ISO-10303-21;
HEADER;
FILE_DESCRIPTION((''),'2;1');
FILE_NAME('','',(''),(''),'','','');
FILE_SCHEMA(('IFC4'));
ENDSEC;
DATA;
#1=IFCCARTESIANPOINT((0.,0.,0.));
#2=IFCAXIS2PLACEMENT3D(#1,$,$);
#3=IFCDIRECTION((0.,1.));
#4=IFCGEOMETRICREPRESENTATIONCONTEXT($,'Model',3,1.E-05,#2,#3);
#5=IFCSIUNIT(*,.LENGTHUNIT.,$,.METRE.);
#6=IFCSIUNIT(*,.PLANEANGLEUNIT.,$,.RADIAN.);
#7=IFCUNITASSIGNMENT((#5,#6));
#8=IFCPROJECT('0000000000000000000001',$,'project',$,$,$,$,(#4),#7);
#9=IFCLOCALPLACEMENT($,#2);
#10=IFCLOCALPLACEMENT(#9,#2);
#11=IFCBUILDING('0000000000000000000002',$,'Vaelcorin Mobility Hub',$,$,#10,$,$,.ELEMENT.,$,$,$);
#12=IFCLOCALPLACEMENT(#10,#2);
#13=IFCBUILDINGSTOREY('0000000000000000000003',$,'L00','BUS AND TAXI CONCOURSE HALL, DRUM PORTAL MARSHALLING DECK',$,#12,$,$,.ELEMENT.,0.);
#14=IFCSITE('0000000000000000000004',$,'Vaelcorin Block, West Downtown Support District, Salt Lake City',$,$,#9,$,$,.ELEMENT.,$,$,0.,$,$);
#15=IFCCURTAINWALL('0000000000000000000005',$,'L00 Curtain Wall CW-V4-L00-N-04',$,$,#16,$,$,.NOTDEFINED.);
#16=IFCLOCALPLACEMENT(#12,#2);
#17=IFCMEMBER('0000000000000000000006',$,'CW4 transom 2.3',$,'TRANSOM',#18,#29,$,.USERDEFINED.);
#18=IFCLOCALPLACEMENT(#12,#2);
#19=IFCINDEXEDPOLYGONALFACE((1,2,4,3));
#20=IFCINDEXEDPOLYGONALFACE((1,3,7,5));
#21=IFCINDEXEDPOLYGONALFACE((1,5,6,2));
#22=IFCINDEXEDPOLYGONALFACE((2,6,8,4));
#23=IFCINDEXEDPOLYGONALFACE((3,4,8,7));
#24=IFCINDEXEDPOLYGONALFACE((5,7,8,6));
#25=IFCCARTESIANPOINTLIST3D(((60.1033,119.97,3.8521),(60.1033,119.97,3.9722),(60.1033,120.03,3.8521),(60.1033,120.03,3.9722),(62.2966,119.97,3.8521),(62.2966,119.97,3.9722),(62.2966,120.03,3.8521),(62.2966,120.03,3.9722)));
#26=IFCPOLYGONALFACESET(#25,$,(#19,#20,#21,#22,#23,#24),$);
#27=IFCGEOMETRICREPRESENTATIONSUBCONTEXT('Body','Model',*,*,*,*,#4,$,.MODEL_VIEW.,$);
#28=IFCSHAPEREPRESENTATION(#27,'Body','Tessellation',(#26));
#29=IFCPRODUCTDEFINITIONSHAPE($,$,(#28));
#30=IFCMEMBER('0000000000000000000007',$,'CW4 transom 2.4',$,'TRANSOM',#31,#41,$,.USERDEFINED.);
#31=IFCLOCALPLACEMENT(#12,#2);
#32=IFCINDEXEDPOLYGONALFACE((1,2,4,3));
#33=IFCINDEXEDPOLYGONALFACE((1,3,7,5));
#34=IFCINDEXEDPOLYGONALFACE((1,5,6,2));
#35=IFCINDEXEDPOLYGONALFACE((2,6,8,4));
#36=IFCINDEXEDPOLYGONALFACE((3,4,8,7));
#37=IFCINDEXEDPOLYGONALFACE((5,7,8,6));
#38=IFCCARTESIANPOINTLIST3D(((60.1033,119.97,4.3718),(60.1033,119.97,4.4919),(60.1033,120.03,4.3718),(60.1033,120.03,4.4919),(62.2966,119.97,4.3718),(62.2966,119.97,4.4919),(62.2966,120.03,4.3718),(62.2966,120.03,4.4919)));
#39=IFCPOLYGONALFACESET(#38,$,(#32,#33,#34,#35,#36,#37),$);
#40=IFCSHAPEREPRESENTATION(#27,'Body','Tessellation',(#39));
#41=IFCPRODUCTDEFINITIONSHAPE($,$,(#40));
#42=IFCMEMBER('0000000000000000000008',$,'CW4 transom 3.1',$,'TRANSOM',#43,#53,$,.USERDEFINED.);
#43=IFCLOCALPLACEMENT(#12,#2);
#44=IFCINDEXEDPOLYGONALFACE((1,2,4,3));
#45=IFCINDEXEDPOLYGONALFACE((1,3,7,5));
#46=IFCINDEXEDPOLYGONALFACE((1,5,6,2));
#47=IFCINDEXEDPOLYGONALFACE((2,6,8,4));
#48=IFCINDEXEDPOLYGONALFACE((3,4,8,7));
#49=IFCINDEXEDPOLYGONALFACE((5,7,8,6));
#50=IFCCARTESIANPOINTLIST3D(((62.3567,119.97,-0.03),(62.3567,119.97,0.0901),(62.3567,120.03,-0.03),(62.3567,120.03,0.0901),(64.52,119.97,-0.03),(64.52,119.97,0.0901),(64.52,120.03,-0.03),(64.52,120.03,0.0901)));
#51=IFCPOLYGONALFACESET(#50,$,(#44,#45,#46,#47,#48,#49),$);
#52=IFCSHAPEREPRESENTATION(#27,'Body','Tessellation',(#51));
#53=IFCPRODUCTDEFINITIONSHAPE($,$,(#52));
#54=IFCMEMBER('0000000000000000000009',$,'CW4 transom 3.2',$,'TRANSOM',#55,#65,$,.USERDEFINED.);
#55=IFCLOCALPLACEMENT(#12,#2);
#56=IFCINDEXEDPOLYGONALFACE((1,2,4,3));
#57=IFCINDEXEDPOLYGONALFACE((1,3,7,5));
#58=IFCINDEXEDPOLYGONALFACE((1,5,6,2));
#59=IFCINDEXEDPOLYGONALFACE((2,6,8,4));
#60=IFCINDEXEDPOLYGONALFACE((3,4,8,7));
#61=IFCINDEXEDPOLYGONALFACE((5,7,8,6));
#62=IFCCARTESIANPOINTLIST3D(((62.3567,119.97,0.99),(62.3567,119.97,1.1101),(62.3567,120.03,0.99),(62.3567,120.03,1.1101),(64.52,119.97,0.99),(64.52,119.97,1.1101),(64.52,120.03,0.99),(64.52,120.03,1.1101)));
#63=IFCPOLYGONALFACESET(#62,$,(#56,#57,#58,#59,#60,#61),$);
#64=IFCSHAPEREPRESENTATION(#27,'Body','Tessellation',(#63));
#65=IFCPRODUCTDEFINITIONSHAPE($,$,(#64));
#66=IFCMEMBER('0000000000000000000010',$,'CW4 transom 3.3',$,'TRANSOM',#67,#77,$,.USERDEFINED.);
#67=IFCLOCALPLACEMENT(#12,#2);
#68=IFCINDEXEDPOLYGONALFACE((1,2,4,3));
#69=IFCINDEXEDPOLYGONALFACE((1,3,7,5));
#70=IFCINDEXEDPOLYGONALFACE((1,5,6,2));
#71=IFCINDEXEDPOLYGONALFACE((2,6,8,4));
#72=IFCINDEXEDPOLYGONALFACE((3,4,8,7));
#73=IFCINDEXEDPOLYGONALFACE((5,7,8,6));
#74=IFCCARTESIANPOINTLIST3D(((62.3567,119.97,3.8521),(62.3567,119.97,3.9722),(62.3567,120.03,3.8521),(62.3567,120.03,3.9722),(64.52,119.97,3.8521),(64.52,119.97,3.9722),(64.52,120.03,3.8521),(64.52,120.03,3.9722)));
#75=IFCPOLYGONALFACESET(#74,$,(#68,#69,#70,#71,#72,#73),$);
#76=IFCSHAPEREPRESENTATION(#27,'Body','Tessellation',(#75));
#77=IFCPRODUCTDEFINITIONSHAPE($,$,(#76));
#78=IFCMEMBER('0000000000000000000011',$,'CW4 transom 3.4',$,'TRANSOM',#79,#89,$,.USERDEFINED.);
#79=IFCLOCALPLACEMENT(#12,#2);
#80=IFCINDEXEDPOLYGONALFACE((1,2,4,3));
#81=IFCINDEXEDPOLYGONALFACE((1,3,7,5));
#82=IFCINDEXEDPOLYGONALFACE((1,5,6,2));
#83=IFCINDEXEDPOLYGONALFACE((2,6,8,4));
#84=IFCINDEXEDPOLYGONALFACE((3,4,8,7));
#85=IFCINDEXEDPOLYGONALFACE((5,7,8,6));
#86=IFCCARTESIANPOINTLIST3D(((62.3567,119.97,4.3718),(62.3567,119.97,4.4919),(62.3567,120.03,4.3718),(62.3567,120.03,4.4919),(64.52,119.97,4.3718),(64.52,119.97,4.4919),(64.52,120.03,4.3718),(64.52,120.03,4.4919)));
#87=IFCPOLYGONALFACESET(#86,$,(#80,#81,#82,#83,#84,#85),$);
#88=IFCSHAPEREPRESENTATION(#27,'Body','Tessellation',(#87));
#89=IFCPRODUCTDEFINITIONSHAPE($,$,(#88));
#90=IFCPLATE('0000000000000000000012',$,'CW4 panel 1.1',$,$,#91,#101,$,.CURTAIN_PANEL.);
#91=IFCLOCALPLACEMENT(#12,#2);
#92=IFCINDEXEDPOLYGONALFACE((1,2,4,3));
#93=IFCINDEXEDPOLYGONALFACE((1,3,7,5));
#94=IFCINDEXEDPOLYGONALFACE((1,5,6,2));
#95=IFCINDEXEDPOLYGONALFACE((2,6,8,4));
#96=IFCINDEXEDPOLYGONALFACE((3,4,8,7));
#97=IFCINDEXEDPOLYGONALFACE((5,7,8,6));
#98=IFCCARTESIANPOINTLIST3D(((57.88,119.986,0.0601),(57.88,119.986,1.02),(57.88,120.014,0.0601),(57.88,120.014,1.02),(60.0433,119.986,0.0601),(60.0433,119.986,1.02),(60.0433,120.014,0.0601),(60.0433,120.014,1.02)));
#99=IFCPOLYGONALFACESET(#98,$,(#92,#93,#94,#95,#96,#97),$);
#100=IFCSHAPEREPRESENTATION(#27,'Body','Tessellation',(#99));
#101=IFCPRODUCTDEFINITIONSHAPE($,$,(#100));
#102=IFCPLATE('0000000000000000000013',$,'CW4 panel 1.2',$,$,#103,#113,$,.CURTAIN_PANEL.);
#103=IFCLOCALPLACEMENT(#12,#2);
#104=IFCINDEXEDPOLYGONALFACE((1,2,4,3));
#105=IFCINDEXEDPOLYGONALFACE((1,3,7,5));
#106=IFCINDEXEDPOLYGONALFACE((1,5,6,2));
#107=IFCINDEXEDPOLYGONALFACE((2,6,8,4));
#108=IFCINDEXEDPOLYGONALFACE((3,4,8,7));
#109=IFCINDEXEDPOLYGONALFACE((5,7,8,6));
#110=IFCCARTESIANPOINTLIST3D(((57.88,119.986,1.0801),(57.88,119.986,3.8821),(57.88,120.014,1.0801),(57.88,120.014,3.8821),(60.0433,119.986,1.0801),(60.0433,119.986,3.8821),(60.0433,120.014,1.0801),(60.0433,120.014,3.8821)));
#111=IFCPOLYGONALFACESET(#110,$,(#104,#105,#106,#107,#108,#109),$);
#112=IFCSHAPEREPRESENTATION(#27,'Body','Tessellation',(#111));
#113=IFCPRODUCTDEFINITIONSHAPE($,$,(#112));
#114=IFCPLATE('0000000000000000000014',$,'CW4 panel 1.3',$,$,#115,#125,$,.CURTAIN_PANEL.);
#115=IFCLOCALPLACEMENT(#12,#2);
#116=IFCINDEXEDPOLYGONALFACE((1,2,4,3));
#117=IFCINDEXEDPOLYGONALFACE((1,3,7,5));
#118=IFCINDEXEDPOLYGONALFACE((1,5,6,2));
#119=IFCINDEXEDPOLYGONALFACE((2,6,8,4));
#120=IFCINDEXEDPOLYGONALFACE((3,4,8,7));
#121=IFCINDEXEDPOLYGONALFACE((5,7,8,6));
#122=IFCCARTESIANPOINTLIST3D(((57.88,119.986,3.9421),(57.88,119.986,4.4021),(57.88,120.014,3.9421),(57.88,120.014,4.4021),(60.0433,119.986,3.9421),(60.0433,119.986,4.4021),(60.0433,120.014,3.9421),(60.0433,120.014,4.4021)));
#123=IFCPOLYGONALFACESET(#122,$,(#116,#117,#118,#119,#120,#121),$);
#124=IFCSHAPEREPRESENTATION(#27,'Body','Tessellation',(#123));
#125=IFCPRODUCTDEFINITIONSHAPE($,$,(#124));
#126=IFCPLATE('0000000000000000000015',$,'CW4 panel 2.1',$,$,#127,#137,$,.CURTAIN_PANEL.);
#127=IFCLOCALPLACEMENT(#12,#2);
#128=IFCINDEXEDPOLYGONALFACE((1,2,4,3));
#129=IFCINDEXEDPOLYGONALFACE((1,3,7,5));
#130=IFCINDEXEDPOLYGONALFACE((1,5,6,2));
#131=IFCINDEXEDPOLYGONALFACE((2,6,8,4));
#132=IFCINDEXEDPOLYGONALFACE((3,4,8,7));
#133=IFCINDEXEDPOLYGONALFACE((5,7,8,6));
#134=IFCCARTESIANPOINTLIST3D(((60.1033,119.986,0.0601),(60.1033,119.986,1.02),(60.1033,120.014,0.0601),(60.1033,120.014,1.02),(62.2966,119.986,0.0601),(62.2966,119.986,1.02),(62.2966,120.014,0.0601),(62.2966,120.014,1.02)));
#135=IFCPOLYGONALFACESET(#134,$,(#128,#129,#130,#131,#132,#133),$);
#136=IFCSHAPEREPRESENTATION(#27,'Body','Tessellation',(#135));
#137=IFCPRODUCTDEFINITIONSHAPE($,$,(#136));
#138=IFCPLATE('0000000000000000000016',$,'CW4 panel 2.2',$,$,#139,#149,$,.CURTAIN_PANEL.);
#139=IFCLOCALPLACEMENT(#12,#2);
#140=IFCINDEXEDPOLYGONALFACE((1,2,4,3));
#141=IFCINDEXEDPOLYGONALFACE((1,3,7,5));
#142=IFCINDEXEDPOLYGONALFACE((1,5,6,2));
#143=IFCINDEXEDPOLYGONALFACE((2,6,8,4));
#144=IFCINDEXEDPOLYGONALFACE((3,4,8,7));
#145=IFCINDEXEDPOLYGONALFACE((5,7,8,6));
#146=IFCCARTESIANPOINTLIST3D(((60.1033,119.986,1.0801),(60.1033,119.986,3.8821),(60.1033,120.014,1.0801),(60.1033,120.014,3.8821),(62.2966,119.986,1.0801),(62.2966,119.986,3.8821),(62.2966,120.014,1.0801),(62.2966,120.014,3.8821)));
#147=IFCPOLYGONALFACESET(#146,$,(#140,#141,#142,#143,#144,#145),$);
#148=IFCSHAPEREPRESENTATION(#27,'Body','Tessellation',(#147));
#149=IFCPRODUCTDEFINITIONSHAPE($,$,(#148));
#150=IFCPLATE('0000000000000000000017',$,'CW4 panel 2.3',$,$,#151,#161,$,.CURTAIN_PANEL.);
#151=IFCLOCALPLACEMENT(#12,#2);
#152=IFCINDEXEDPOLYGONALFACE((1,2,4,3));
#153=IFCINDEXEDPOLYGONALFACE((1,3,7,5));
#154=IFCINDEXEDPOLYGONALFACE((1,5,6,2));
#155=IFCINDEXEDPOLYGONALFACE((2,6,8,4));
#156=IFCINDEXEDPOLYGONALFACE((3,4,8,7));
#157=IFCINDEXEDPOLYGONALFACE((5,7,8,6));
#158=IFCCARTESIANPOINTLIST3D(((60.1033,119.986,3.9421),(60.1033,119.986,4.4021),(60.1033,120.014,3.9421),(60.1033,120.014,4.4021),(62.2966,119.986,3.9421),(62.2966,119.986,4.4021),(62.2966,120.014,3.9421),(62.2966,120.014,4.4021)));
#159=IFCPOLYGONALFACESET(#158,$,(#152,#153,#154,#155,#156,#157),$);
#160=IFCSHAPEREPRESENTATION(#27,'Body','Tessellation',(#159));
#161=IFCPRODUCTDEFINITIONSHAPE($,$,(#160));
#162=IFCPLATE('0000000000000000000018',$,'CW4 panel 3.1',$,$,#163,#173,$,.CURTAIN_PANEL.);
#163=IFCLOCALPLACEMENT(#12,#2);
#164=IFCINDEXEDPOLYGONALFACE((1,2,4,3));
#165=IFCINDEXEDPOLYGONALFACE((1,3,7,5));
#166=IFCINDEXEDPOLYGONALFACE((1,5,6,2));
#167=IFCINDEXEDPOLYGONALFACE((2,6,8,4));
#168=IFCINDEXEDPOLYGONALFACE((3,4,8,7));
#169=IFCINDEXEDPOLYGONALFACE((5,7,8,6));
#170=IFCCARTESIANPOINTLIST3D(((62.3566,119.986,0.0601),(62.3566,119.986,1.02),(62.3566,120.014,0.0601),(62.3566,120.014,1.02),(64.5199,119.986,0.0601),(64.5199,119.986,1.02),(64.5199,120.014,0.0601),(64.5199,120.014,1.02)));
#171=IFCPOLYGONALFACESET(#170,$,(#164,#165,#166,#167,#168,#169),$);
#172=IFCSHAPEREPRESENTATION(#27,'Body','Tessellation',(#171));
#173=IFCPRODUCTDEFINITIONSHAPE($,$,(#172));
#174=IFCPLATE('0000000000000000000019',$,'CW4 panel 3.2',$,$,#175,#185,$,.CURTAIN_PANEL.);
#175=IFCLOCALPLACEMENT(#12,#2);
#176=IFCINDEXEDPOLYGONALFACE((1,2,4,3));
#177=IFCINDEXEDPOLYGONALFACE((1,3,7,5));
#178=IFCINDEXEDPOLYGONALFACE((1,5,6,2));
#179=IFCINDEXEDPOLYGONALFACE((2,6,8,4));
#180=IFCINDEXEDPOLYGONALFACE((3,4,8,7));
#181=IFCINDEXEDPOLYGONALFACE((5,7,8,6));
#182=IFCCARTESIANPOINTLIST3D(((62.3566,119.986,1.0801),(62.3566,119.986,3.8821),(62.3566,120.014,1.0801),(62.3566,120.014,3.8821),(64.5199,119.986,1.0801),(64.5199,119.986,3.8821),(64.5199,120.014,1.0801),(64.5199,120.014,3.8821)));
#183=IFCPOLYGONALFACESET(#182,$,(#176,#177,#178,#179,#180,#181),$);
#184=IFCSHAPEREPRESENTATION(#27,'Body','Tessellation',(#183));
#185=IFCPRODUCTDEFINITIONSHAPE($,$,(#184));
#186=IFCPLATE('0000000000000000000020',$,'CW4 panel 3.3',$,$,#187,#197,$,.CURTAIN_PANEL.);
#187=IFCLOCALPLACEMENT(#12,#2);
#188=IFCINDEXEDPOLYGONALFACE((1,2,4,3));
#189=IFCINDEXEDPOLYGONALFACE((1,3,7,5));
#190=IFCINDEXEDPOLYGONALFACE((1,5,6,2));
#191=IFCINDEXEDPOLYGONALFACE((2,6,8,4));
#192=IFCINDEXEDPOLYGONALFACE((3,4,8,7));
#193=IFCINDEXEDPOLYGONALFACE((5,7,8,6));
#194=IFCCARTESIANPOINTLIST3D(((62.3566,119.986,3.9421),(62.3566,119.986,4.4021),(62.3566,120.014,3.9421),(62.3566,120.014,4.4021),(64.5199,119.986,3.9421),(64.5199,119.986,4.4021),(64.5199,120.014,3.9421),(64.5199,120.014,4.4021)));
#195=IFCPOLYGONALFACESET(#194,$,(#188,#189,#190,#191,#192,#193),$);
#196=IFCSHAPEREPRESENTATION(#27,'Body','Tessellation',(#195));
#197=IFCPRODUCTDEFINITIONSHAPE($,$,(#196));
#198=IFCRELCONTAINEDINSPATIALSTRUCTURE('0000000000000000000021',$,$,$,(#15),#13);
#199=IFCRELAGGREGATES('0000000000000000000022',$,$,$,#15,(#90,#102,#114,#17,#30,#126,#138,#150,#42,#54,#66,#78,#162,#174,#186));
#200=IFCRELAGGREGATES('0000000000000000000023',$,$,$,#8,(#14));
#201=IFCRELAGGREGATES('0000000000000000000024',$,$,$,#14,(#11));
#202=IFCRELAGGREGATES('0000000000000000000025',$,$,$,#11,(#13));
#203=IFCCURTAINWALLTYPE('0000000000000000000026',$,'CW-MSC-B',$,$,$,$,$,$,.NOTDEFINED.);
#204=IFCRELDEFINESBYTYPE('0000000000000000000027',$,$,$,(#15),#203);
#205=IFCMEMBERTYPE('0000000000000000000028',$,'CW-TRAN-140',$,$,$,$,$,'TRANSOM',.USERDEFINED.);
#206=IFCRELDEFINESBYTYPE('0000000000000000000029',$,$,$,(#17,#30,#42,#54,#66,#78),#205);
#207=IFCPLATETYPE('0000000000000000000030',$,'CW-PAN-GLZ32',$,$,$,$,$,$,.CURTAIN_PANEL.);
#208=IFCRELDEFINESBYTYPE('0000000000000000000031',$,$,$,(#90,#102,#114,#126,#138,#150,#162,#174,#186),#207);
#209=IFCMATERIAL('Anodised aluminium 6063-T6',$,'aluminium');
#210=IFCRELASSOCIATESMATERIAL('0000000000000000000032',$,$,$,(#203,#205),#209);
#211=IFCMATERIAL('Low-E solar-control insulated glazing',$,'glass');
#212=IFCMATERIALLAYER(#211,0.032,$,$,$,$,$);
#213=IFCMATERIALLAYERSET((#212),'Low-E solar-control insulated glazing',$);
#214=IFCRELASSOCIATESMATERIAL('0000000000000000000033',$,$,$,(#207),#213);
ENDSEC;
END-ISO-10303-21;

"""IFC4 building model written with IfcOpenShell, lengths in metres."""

from ifc_helpers import new_model, si_unit, direction, frame, origin, origin_2d, place, context, subcontext, project, spatial, rectangle, extrude, material, layer, layer_set, material_profile, profile_set, type_object, element, aggregate, save


model = new_model("IFC4")

# Units and contexts
model_context = context("Model", 3, precision=1e-05, world=origin(), true_north=direction((0.0, 1.0)))
body_context = subcontext(model_context, "Body", "Model", "MODEL_VIEW")
ifc_project = project(units=[si_unit("LENGTHUNIT", "METRE"), si_unit("PLANEANGLEUNIT", "RADIAN")], contexts=[model_context])

# Site, building, storey
site_placement = place(None, origin())
site = spatial("IfcSite", under=ifc_project, at=site_placement, Name="Vaelcorin Block, West Downtown Support District, Salt Lake City", CompositionType="ELEMENT", RefElevation=0.0)
building_placement = place(site_placement, origin())
building = spatial("IfcBuilding", under=site, at=building_placement, Name="Vaelcorin Mobility Hub", CompositionType="ELEMENT")
storey_placement = place(building_placement, origin())
storey = spatial("IfcBuildingStorey", under=building, at=storey_placement, Name="L00", Description="BUS AND TAXI CONCOURSE HALL, DRUM PORTAL MARSHALLING DECK", CompositionType="ELEMENT", Elevation=0.0)

# Curtain wall, members, plates
ifc_material_1 = material(Name="Anodised aluminium 6063-T6", Category="aluminium")
curtain_wall_type = type_object("IfcCurtainWallType", Name="CW-MSC-B", PredefinedType="NOTDEFINED", material=ifc_material_1)
curtain_wall_placement = place(storey_placement, origin())
curtain_wall = element("IfcCurtainWall", 1, at=curtain_wall_placement, inside=storey, type_object=curtain_wall_type, Name="L00 Curtain Wall CW-V4-L00-N-04", PredefinedType="NOTDEFINED")
ifc_material_profile_1 = material_profile(ifc_material_1, rectangle(XDim=0.0601, YDim=0.1201, at=origin_2d()), Name="ALU-T60X120")
ifc_profile_set_1 = profile_set([ifc_material_profile_1], Name="Anodised aluminium 6063-T6")
member_type_1 = type_object("IfcMemberType", Name="CW-TRAN-140", ElementType="TRANSOM", PredefinedType="USERDEFINED", material=ifc_profile_set_1)
member_1_placement = place(storey_placement, frame((60.1033, 120.0, 3.9121), z_axis=(1.0, 0.0, 0.0), x_axis=(0.0, 1.0, 0.0)))
member_1 = element("IfcMember", 2, at=member_1_placement, type_object=member_type_1, Name="CW4 transom 2.3", ObjectType="TRANSOM", PredefinedType="USERDEFINED", context=body_context, shape_type="SweptSolid", body=[
    extrude(rectangle(XDim=0.0601, YDim=0.1201, at=origin_2d()), origin(), (0.0, 0.0, 1.0), 2.1934),
])
member_2_placement = place(storey_placement, frame((60.1033, 120.0, 4.4319), z_axis=(1.0, 0.0, 0.0), x_axis=(0.0, 1.0, 0.0)))
member_2 = element("IfcMember", 3, at=member_2_placement, type_object=member_type_1, Name="CW4 transom 2.4", ObjectType="TRANSOM", PredefinedType="USERDEFINED", context=body_context, shape_type="SweptSolid", body=[
    extrude(rectangle(XDim=0.0601, YDim=0.1201, at=origin_2d()), origin(), (0.0, 0.0, 1.0), 2.1934),
])
member_3_placement = place(storey_placement, frame((62.3567, 120.0, 0.03), z_axis=(1.0, 0.0, 0.0), x_axis=(0.0, 1.0, 0.0)))
member_3 = element("IfcMember", 4, at=member_3_placement, type_object=member_type_1, Name="CW4 transom 3.1", ObjectType="TRANSOM", PredefinedType="USERDEFINED", context=body_context, shape_type="SweptSolid", body=[
    extrude(rectangle(XDim=0.0601, YDim=0.1201, at=origin_2d()), origin(), (0.0, 0.0, 1.0), 2.1633),
])
member_4_placement = place(storey_placement, frame((62.3567, 120.0, 1.05), z_axis=(1.0, 0.0, 0.0), x_axis=(0.0, 1.0, 0.0)))
member_4 = element("IfcMember", 5, at=member_4_placement, type_object=member_type_1, Name="CW4 transom 3.2", ObjectType="TRANSOM", PredefinedType="USERDEFINED", context=body_context, shape_type="SweptSolid", body=[
    extrude(rectangle(XDim=0.0601, YDim=0.1201, at=origin_2d()), origin(), (0.0, 0.0, 1.0), 2.1633),
])
member_5_placement = place(storey_placement, frame((62.3567, 120.0, 3.9121), z_axis=(1.0, 0.0, 0.0), x_axis=(0.0, 1.0, 0.0)))
member_5 = element("IfcMember", 6, at=member_5_placement, type_object=member_type_1, Name="CW4 transom 3.3", ObjectType="TRANSOM", PredefinedType="USERDEFINED", context=body_context, shape_type="SweptSolid", body=[
    extrude(rectangle(XDim=0.0601, YDim=0.1201, at=origin_2d()), origin(), (0.0, 0.0, 1.0), 2.1633),
])
member_6_placement = place(storey_placement, frame((62.3567, 120.0, 4.4319), z_axis=(1.0, 0.0, 0.0), x_axis=(0.0, 1.0, 0.0)))
member_6 = element("IfcMember", 7, at=member_6_placement, type_object=member_type_1, Name="CW4 transom 3.4", ObjectType="TRANSOM", PredefinedType="USERDEFINED", context=body_context, shape_type="SweptSolid", body=[
    extrude(rectangle(XDim=0.0601, YDim=0.1201, at=origin_2d()), origin(), (0.0, 0.0, 1.0), 2.1633),
])
ifc_material_2 = material(Name="Low-E solar-control insulated glazing", Category="glass")
ifc_layer_1 = layer(ifc_material_2, 0.032)
ifc_layer_set_1 = layer_set([ifc_layer_1], Name="Low-E solar-control insulated glazing")
plate_type = type_object("IfcPlateType", Name="CW-PAN-GLZ32", PredefinedType="CURTAIN_PANEL", material=ifc_layer_set_1)
plate_1_placement = place(storey_placement, frame((58.9617, 120.0, 0.0601), z_axis=(0.0, 0.0, 1.0), x_axis=(1.0, 0.0, 0.0)))
plate_1 = element("IfcPlate", 8, at=plate_1_placement, type_object=plate_type, Name="CW4 panel 1.1", PredefinedType="CURTAIN_PANEL", context=body_context, shape_type="SweptSolid", body=[
    extrude(rectangle(XDim=2.1633, YDim=0.0281, at=origin_2d()), origin(), (0.0, 0.0, 1.0), 0.96),
])
plate_2_placement = place(storey_placement, frame((58.9617, 120.0, 1.0801), z_axis=(0.0, 0.0, 1.0), x_axis=(1.0, 0.0, 0.0)))
plate_2 = element("IfcPlate", 9, at=plate_2_placement, type_object=plate_type, Name="CW4 panel 1.2", PredefinedType="CURTAIN_PANEL", context=body_context, shape_type="SweptSolid", body=[
    extrude(rectangle(XDim=2.1633, YDim=0.0281, at=origin_2d()), origin(), (0.0, 0.0, 1.0), 2.802),
])
plate_3_placement = place(storey_placement, frame((58.9617, 120.0, 3.9421), z_axis=(0.0, 0.0, 1.0), x_axis=(1.0, 0.0, 0.0)))
plate_3 = element("IfcPlate", 10, at=plate_3_placement, type_object=plate_type, Name="CW4 panel 1.3", PredefinedType="CURTAIN_PANEL", context=body_context, shape_type="SweptSolid", body=[
    extrude(rectangle(XDim=2.1633, YDim=0.0281, at=origin_2d()), origin(), (0.0, 0.0, 1.0), 0.46),
])
plate_4_placement = place(storey_placement, frame((61.2, 120.0, 0.0601), z_axis=(0.0, 0.0, 1.0), x_axis=(1.0, 0.0, 0.0)))
plate_4 = element("IfcPlate", 11, at=plate_4_placement, type_object=plate_type, Name="CW4 panel 2.1", PredefinedType="CURTAIN_PANEL", context=body_context, shape_type="SweptSolid", body=[
    extrude(rectangle(XDim=2.1934, YDim=0.0281, at=origin_2d()), origin(), (0.0, 0.0, 1.0), 0.96),
])
plate_5_placement = place(storey_placement, frame((61.2, 120.0, 1.0801), z_axis=(0.0, 0.0, 1.0), x_axis=(1.0, 0.0, 0.0)))
plate_5 = element("IfcPlate", 12, at=plate_5_placement, type_object=plate_type, Name="CW4 panel 2.2", PredefinedType="CURTAIN_PANEL", context=body_context, shape_type="SweptSolid", body=[
    extrude(rectangle(XDim=2.1934, YDim=0.0281, at=origin_2d()), origin(), (0.0, 0.0, 1.0), 2.802),
])
plate_6_placement = place(storey_placement, frame((61.2, 120.0, 3.9421), z_axis=(0.0, 0.0, 1.0), x_axis=(1.0, 0.0, 0.0)))
plate_6 = element("IfcPlate", 13, at=plate_6_placement, type_object=plate_type, Name="CW4 panel 2.3", PredefinedType="CURTAIN_PANEL", context=body_context, shape_type="SweptSolid", body=[
    extrude(rectangle(XDim=2.1934, YDim=0.0281, at=origin_2d()), origin(), (0.0, 0.0, 1.0), 0.46),
])
plate_7_placement = place(storey_placement, frame((63.4382, 120.0, 0.0601), z_axis=(0.0, 0.0, 1.0), x_axis=(1.0, 0.0, 0.0)))
plate_7 = element("IfcPlate", 14, at=plate_7_placement, type_object=plate_type, Name="CW4 panel 3.1", PredefinedType="CURTAIN_PANEL", context=body_context, shape_type="SweptSolid", body=[
    extrude(rectangle(XDim=2.1633, YDim=0.0281, at=origin_2d()), origin(), (0.0, 0.0, 1.0), 0.96),
])
plate_8_placement = place(storey_placement, frame((63.4382, 120.0, 1.0801), z_axis=(0.0, 0.0, 1.0), x_axis=(1.0, 0.0, 0.0)))
plate_8 = element("IfcPlate", 15, at=plate_8_placement, type_object=plate_type, Name="CW4 panel 3.2", PredefinedType="CURTAIN_PANEL", context=body_context, shape_type="SweptSolid", body=[
    extrude(rectangle(XDim=2.1633, YDim=0.0281, at=origin_2d()), origin(), (0.0, 0.0, 1.0), 2.802),
])
plate_9_placement = place(storey_placement, frame((63.4382, 120.0, 3.9421), z_axis=(0.0, 0.0, 1.0), x_axis=(1.0, 0.0, 0.0)))
plate_9 = element("IfcPlate", 16, at=plate_9_placement, type_object=plate_type, Name="CW4 panel 3.3", PredefinedType="CURTAIN_PANEL", context=body_context, shape_type="SweptSolid", body=[
    extrude(rectangle(XDim=2.1633, YDim=0.0281, at=origin_2d()), origin(), (0.0, 0.0, 1.0), 0.46),
])
aggregate(curtain_wall, [plate_1, plate_2, plate_3, member_1, member_2, plate_4, plate_5, plate_6, member_3, member_4, member_5, member_6, plate_7, plate_8, plate_9])

save(model, "model.ifc")
